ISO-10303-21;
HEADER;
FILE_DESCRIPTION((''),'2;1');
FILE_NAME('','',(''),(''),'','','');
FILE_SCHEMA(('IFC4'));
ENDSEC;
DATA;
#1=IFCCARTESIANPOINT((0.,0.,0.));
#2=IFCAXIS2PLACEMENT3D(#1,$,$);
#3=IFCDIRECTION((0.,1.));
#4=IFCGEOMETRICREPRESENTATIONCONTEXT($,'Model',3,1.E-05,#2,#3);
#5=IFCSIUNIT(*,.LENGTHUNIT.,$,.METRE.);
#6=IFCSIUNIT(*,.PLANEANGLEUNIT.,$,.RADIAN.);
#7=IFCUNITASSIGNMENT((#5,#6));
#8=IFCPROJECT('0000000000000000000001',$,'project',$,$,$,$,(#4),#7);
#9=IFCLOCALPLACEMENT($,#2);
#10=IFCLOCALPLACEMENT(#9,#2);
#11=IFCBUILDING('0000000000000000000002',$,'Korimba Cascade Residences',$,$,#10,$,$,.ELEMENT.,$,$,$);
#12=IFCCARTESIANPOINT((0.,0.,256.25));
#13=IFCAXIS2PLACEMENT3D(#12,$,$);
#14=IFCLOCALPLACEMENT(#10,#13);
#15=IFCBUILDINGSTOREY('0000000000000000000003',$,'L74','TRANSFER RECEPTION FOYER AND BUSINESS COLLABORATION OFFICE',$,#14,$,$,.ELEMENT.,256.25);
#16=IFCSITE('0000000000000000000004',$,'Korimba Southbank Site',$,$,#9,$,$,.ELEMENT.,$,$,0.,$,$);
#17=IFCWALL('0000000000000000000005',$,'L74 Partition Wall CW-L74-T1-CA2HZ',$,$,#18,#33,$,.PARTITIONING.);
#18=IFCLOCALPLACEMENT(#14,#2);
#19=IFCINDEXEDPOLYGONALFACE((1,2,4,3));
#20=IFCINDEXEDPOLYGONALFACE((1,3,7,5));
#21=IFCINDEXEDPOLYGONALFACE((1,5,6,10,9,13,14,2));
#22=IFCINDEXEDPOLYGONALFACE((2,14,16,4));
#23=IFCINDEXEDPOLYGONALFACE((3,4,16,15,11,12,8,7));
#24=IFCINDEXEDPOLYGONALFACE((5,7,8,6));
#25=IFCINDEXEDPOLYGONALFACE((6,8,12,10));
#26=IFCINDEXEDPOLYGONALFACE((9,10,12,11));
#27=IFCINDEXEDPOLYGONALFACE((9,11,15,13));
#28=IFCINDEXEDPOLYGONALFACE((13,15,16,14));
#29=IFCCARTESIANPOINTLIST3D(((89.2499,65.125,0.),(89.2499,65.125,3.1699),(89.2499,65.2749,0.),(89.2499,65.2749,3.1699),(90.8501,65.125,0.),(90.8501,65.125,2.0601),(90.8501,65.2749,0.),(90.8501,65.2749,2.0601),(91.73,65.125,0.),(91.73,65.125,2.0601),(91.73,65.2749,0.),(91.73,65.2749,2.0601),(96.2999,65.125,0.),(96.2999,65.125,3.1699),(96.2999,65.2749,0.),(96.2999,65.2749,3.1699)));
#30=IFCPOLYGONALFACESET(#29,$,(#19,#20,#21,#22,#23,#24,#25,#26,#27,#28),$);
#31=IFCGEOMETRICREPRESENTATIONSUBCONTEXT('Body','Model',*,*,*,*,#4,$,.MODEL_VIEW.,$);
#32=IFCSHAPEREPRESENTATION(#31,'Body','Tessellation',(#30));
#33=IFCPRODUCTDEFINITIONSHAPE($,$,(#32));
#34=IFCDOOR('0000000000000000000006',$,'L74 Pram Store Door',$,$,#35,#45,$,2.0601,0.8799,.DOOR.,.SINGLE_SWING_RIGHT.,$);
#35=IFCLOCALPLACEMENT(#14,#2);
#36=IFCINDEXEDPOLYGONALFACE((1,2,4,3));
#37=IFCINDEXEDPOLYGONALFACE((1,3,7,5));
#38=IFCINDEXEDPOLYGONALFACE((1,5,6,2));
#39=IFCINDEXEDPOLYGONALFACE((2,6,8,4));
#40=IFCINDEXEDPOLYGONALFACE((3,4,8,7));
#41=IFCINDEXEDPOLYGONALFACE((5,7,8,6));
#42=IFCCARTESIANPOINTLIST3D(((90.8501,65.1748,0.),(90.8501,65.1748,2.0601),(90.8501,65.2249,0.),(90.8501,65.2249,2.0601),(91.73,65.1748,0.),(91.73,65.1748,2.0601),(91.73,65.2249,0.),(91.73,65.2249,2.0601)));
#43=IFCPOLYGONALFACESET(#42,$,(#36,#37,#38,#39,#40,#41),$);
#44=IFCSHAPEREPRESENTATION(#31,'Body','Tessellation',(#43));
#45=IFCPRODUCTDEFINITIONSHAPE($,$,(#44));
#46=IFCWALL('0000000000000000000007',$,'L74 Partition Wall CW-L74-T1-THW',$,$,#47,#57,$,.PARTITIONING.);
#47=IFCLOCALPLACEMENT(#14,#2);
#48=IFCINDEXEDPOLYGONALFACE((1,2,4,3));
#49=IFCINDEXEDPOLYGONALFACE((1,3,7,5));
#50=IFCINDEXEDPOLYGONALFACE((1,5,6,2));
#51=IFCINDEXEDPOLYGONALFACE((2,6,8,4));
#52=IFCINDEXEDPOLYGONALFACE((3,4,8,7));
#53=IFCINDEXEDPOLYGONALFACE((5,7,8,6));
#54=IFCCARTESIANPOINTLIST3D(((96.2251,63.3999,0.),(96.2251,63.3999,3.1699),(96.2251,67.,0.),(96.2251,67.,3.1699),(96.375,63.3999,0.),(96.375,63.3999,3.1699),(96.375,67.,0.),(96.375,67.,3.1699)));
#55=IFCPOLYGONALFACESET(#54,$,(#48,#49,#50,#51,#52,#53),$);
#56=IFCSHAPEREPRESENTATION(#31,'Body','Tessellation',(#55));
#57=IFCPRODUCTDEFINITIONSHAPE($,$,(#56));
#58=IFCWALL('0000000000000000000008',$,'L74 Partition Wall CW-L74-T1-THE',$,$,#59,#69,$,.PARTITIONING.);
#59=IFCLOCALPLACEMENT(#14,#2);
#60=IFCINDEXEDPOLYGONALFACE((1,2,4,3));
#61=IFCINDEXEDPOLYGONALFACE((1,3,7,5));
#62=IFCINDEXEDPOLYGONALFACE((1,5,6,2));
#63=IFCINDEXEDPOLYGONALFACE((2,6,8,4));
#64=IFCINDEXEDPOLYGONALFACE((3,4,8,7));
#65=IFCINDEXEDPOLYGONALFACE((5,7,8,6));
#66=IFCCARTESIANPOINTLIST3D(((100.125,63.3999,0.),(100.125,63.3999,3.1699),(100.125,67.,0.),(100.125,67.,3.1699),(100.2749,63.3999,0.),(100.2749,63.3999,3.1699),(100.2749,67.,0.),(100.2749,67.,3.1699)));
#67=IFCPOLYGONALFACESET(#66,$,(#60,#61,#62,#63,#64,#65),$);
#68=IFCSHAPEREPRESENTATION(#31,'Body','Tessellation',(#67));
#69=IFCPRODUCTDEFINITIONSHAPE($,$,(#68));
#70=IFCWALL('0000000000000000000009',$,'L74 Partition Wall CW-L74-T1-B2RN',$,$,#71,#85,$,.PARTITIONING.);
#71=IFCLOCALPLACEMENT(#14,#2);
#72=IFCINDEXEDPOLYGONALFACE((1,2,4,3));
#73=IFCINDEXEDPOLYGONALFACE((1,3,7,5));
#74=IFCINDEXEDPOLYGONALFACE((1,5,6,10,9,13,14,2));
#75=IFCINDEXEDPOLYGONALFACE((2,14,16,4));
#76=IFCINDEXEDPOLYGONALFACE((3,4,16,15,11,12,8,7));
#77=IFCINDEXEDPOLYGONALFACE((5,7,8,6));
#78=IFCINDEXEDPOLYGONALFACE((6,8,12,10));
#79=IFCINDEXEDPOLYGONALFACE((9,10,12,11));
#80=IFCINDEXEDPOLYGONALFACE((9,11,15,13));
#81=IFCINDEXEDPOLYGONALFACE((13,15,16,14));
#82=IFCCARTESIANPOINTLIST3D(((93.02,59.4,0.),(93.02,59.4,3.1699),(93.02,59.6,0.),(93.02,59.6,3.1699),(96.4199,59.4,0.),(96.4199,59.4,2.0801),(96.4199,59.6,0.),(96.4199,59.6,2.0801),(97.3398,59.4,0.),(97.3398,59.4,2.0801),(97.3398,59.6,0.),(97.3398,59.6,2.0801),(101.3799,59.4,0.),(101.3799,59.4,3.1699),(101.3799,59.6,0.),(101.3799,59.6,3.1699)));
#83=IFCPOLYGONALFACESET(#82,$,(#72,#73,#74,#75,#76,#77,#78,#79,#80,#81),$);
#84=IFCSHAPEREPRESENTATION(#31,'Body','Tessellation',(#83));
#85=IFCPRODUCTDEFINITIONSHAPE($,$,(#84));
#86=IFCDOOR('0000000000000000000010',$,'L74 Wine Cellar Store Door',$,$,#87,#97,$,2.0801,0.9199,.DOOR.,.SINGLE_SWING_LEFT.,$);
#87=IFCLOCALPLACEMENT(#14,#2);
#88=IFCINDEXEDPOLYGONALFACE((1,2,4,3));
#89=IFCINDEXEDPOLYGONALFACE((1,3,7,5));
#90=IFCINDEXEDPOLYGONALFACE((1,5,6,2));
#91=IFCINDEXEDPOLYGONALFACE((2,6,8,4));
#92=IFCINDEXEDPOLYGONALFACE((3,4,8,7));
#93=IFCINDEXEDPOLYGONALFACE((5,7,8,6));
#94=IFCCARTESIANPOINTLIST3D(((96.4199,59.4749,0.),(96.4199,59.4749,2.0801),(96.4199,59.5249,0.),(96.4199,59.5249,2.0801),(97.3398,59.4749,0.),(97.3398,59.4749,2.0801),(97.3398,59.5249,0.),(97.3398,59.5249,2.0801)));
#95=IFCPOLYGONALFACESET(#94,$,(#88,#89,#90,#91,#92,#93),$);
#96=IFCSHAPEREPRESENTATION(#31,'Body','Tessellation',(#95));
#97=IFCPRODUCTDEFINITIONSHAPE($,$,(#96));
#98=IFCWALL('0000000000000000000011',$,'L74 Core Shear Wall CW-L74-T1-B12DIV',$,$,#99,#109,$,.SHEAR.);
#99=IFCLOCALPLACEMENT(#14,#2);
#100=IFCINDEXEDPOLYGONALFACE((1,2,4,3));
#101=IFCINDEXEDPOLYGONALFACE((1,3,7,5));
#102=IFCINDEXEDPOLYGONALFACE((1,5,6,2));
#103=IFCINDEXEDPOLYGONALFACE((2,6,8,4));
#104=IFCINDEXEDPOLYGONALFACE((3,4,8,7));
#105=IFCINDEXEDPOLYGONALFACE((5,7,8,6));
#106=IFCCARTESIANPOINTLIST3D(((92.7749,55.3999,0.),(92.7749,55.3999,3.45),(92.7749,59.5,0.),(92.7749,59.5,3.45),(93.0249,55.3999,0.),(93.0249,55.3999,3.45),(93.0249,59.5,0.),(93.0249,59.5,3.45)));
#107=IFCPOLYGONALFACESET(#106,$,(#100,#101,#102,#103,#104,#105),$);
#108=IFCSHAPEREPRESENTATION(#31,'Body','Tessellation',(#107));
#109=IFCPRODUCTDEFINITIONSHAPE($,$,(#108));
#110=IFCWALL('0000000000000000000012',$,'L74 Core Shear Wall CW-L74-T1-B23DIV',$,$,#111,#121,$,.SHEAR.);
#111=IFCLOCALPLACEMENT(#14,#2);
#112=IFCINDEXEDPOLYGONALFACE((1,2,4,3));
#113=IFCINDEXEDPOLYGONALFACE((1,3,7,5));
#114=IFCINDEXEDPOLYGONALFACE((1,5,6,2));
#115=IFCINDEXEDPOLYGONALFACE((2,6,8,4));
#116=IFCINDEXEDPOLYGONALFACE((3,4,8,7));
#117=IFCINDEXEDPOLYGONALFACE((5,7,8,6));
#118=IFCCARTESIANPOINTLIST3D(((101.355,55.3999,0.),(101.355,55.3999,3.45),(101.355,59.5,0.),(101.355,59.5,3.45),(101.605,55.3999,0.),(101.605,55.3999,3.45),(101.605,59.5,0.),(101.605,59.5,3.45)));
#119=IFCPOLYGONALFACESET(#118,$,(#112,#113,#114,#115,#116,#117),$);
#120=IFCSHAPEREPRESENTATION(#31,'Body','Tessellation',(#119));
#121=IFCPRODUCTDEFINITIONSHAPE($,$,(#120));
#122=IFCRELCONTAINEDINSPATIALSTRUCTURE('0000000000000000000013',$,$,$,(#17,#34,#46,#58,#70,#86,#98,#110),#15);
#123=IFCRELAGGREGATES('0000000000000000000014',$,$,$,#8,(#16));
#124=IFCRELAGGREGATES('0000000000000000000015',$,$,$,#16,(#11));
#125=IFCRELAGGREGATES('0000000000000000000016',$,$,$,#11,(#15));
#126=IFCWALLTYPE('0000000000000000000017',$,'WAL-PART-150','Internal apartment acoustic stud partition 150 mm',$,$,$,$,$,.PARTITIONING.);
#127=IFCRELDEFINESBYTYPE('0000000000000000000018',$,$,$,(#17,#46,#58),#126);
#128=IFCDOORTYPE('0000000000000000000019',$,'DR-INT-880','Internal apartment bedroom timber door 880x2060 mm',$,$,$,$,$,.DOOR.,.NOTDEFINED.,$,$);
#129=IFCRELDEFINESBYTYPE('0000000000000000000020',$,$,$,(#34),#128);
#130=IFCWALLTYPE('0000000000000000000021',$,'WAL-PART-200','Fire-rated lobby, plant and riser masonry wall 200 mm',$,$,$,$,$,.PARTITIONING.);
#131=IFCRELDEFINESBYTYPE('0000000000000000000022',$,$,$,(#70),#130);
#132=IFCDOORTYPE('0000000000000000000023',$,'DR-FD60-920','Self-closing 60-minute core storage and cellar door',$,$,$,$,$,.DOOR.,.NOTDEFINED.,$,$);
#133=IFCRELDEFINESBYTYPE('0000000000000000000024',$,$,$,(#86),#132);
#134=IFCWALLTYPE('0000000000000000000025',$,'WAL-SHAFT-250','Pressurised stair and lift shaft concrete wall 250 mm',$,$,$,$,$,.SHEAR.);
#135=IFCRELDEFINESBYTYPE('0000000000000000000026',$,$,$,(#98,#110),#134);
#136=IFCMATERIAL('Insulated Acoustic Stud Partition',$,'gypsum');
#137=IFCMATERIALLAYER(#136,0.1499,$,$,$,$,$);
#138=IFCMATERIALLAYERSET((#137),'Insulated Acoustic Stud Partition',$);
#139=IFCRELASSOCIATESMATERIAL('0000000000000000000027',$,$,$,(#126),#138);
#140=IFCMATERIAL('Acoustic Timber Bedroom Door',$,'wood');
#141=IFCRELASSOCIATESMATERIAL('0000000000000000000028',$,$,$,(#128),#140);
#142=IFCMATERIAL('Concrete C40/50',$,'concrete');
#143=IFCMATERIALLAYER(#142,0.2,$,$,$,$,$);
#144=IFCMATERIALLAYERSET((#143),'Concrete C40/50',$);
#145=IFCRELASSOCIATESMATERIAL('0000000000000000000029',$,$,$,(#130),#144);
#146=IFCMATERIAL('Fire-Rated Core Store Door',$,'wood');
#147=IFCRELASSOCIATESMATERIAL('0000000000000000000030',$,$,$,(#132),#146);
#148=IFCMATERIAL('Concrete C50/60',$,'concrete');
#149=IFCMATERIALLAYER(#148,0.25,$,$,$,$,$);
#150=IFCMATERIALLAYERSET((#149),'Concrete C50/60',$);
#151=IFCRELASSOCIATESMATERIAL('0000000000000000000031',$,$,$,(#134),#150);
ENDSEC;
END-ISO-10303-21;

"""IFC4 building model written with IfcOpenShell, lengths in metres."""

from ifc_helpers import new_model, si_unit, direction, frame, frame_2d, origin, place, context, subcontext, project, spatial, rectangle, extrude, material, layer, layer_set, type_object, element, fill, save


model = new_model("IFC4")

# Units and contexts
model_context = context("Model", 3, precision=1e-05, world=origin(), true_north=direction((0.0, 1.0)))
body_context = subcontext(model_context, "Body", "Model", "MODEL_VIEW")
ifc_project = project(units=[si_unit("LENGTHUNIT", "METRE"), si_unit("PLANEANGLEUNIT", "RADIAN")], contexts=[model_context])

# Site, building, storey
site_placement = place(None, origin())
site = spatial("IfcSite", under=ifc_project, at=site_placement, Name="Korimba Southbank Site", CompositionType="ELEMENT", RefElevation=0.0)
building_placement = place(site_placement, origin())
building = spatial("IfcBuilding", under=site, at=building_placement, Name="Korimba Cascade Residences", CompositionType="ELEMENT")
storey_placement = place(building_placement, frame((0.0, 0.0, 256.25)))
storey = spatial("IfcBuildingStorey", under=building, at=storey_placement, Name="L74", Description="TRANSFER RECEPTION FOYER AND BUSINESS COLLABORATION OFFICE", CompositionType="ELEMENT", Elevation=256.25)

# Shared definitions
ifc_material_1 = material(Name="Concrete C50/60", Category="concrete")

# Wall, opening, door
ifc_material_2 = material(Name="Insulated Acoustic Stud Partition", Category="gypsum")
ifc_layer_1 = layer(ifc_material_2, 0.1499)
ifc_layer_set_1 = layer_set([ifc_layer_1], Name="Insulated Acoustic Stud Partition")
wall_type_1 = type_object("IfcWallType", Name="WAL-PART-150", Description="Internal apartment acoustic stud partition 150 mm", PredefinedType="PARTITIONING", material=ifc_layer_set_1)
wall_1_placement = place(storey_placement, frame((89.25, 65.2, 0.0), z_axis=(0.0, 0.0, 1.0), x_axis=(1.0, 0.0, 0.0)))
wall_1 = element("IfcWall", 1, at=wall_1_placement, inside=storey, type_object=wall_type_1, Name="L74 Partition Wall CW-L74-T1-CA2HZ", PredefinedType="PARTITIONING", context=body_context, shape_type="SweptSolid", body=[
    extrude(rectangle(XDim=7.05, YDim=0.1499, at=frame_2d((3.5249, 0.0))), origin(), (0.0, 0.0, 1.0), 3.1699),
])
opening_1_placement = place(wall_1_placement, frame((1.6001, 0.0, 0.0)))
opening_1 = element("IfcOpeningElement", 2, at=opening_1_placement, cuts=wall_1, PredefinedType="OPENING", context=body_context, shape_type="SweptSolid", body=[
    extrude(rectangle(XDim=0.8799, YDim=2.0601, at=frame_2d((0.4399, 1.03))), frame((0.0, 0.085, 0.0), z_axis=(0.0, -1.0, 0.0), x_axis=(1.0, 0.0, 0.0)), (0.0, 0.0, 1.0), 0.1699),
])
ifc_material_3 = material(Name="Acoustic Timber Bedroom Door", Category="wood")
door_type_1 = type_object("IfcDoorType", Name="DR-INT-880", Description="Internal apartment bedroom timber door 880x2060 mm", OperationType="NOTDEFINED", PredefinedType="DOOR", material=ifc_material_3)
door_1_placement = place(opening_1_placement, origin())
door_1 = element("IfcDoor", 3, at=door_1_placement, inside=storey, type_object=door_type_1, Name="L74 Pram Store Door", OperationType="SINGLE_SWING_RIGHT", OverallHeight=2.0601, OverallWidth=0.8799, PredefinedType="DOOR", context=body_context, shape_type="SweptSolid", body=[
    extrude(rectangle(XDim=0.8799, YDim=2.0601, at=frame_2d((0.4399, 1.03))), frame((0.0, 0.0249, 0.0), z_axis=(0.0, -1.0, 0.0), x_axis=(1.0, 0.0, 0.0)), (0.0, 0.0, 1.0), 0.05),
])
fill(opening_1, door_1)

# Walls
for number, where, z_axis, x_axis, name in (
    (4, (96.3, 63.3999, 0.0), (0.0, 0.0, 1.0), (0.0, 1.0, 0.0), "L74 Partition Wall CW-L74-T1-THW"),
    (5, (100.2, 63.3999, 0.0), (0.0, 0.0, 1.0), (0.0, 1.0, 0.0), "L74 Partition Wall CW-L74-T1-THE"),
):
    element("IfcWall", number, at=place(storey_placement, frame(where, z_axis=z_axis, x_axis=x_axis)), inside=storey, type_object=wall_type_1, Name=name, PredefinedType="PARTITIONING", context=body_context, shape_type="SweptSolid", body=[
        extrude(rectangle(XDim=3.6001, YDim=0.1499, at=frame_2d((1.8, 0.0))), origin(), (0.0, 0.0, 1.0), 3.1699),
    ])

# Wall, opening, door
ifc_material_4 = material(Name="Concrete C40/50", Category="concrete")
ifc_layer_2 = layer(ifc_material_4, 0.2)
ifc_layer_set_2 = layer_set([ifc_layer_2], Name="Concrete C40/50")
wall_type_2 = type_object("IfcWallType", Name="WAL-PART-200", Description="Fire-rated lobby, plant and riser masonry wall 200 mm", PredefinedType="PARTITIONING", material=ifc_layer_set_2)
wall_2_placement = place(storey_placement, frame((93.02, 59.5, 0.0), z_axis=(0.0, 0.0, 1.0), x_axis=(1.0, 0.0, 0.0)))
wall_2 = element("IfcWall", 6, at=wall_2_placement, inside=storey, type_object=wall_type_2, Name="L74 Partition Wall CW-L74-T1-B2RN", PredefinedType="PARTITIONING", context=body_context, shape_type="SweptSolid", body=[
    extrude(rectangle(XDim=8.3599, YDim=0.2, at=frame_2d((4.1799, 0.0))), origin(), (0.0, 0.0, 1.0), 3.1699),
])
opening_2_placement = place(wall_2_placement, frame((3.3999, 0.0, 0.0)))
opening_2 = element("IfcOpeningElement", 7, at=opening_2_placement, cuts=wall_2, PredefinedType="OPENING", context=body_context, shape_type="SweptSolid", body=[
    extrude(rectangle(XDim=0.9199, YDim=2.0801, at=frame_2d((0.46, 1.04))), frame((0.0, 0.1099, 0.0), z_axis=(0.0, -1.0, 0.0), x_axis=(1.0, 0.0, 0.0)), (0.0, 0.0, 1.0), 0.22),
])
ifc_material_5 = material(Name="Fire-Rated Core Store Door", Category="wood")
door_type_2 = type_object("IfcDoorType", Name="DR-FD60-920", Description="Self-closing 60-minute core storage and cellar door", OperationType="NOTDEFINED", PredefinedType="DOOR", material=ifc_material_5)
door_2_placement = place(opening_2_placement, origin())
door_2 = element("IfcDoor", 8, at=door_2_placement, inside=storey, type_object=door_type_2, Name="L74 Wine Cellar Store Door", OperationType="SINGLE_SWING_LEFT", OverallHeight=2.0801, OverallWidth=0.9199, PredefinedType="DOOR", context=body_context, shape_type="SweptSolid", body=[
    extrude(rectangle(XDim=0.9199, YDim=2.0801, at=frame_2d((0.46, 1.04))), frame((0.0, 0.0249, 0.0), z_axis=(0.0, -1.0, 0.0), x_axis=(1.0, 0.0, 0.0)), (0.0, 0.0, 1.0), 0.05),
])
fill(opening_2, door_2)

# Walls
ifc_layer_3 = layer(ifc_material_1, 0.25)
ifc_layer_set_3 = layer_set([ifc_layer_3], Name="Concrete C50/60")
wall_type_3 = type_object("IfcWallType", Name="WAL-SHAFT-250", Description="Pressurised stair and lift shaft concrete wall 250 mm", PredefinedType="SHEAR", material=ifc_layer_set_3)
for number, where, z_axis, x_axis, name in (
    (9, (92.8999, 55.3999, 0.0), (0.0, 0.0, 1.0), (0.0, 1.0, 0.0), "L74 Core Shear Wall CW-L74-T1-B12DIV"),
    (10, (101.48, 55.3999, 0.0), (0.0, 0.0, 1.0), (0.0, 1.0, 0.0), "L74 Core Shear Wall CW-L74-T1-B23DIV"),
):
    element("IfcWall", number, at=place(storey_placement, frame(where, z_axis=z_axis, x_axis=x_axis)), inside=storey, type_object=wall_type_3, Name=name, PredefinedType="SHEAR", context=body_context, shape_type="SweptSolid", body=[
        extrude(rectangle(XDim=4.1001, YDim=0.25, at=frame_2d((2.05, 0.0))), origin(), (0.0, 0.0, 1.0), 3.45),
    ])

save(model, "model.ifc")
